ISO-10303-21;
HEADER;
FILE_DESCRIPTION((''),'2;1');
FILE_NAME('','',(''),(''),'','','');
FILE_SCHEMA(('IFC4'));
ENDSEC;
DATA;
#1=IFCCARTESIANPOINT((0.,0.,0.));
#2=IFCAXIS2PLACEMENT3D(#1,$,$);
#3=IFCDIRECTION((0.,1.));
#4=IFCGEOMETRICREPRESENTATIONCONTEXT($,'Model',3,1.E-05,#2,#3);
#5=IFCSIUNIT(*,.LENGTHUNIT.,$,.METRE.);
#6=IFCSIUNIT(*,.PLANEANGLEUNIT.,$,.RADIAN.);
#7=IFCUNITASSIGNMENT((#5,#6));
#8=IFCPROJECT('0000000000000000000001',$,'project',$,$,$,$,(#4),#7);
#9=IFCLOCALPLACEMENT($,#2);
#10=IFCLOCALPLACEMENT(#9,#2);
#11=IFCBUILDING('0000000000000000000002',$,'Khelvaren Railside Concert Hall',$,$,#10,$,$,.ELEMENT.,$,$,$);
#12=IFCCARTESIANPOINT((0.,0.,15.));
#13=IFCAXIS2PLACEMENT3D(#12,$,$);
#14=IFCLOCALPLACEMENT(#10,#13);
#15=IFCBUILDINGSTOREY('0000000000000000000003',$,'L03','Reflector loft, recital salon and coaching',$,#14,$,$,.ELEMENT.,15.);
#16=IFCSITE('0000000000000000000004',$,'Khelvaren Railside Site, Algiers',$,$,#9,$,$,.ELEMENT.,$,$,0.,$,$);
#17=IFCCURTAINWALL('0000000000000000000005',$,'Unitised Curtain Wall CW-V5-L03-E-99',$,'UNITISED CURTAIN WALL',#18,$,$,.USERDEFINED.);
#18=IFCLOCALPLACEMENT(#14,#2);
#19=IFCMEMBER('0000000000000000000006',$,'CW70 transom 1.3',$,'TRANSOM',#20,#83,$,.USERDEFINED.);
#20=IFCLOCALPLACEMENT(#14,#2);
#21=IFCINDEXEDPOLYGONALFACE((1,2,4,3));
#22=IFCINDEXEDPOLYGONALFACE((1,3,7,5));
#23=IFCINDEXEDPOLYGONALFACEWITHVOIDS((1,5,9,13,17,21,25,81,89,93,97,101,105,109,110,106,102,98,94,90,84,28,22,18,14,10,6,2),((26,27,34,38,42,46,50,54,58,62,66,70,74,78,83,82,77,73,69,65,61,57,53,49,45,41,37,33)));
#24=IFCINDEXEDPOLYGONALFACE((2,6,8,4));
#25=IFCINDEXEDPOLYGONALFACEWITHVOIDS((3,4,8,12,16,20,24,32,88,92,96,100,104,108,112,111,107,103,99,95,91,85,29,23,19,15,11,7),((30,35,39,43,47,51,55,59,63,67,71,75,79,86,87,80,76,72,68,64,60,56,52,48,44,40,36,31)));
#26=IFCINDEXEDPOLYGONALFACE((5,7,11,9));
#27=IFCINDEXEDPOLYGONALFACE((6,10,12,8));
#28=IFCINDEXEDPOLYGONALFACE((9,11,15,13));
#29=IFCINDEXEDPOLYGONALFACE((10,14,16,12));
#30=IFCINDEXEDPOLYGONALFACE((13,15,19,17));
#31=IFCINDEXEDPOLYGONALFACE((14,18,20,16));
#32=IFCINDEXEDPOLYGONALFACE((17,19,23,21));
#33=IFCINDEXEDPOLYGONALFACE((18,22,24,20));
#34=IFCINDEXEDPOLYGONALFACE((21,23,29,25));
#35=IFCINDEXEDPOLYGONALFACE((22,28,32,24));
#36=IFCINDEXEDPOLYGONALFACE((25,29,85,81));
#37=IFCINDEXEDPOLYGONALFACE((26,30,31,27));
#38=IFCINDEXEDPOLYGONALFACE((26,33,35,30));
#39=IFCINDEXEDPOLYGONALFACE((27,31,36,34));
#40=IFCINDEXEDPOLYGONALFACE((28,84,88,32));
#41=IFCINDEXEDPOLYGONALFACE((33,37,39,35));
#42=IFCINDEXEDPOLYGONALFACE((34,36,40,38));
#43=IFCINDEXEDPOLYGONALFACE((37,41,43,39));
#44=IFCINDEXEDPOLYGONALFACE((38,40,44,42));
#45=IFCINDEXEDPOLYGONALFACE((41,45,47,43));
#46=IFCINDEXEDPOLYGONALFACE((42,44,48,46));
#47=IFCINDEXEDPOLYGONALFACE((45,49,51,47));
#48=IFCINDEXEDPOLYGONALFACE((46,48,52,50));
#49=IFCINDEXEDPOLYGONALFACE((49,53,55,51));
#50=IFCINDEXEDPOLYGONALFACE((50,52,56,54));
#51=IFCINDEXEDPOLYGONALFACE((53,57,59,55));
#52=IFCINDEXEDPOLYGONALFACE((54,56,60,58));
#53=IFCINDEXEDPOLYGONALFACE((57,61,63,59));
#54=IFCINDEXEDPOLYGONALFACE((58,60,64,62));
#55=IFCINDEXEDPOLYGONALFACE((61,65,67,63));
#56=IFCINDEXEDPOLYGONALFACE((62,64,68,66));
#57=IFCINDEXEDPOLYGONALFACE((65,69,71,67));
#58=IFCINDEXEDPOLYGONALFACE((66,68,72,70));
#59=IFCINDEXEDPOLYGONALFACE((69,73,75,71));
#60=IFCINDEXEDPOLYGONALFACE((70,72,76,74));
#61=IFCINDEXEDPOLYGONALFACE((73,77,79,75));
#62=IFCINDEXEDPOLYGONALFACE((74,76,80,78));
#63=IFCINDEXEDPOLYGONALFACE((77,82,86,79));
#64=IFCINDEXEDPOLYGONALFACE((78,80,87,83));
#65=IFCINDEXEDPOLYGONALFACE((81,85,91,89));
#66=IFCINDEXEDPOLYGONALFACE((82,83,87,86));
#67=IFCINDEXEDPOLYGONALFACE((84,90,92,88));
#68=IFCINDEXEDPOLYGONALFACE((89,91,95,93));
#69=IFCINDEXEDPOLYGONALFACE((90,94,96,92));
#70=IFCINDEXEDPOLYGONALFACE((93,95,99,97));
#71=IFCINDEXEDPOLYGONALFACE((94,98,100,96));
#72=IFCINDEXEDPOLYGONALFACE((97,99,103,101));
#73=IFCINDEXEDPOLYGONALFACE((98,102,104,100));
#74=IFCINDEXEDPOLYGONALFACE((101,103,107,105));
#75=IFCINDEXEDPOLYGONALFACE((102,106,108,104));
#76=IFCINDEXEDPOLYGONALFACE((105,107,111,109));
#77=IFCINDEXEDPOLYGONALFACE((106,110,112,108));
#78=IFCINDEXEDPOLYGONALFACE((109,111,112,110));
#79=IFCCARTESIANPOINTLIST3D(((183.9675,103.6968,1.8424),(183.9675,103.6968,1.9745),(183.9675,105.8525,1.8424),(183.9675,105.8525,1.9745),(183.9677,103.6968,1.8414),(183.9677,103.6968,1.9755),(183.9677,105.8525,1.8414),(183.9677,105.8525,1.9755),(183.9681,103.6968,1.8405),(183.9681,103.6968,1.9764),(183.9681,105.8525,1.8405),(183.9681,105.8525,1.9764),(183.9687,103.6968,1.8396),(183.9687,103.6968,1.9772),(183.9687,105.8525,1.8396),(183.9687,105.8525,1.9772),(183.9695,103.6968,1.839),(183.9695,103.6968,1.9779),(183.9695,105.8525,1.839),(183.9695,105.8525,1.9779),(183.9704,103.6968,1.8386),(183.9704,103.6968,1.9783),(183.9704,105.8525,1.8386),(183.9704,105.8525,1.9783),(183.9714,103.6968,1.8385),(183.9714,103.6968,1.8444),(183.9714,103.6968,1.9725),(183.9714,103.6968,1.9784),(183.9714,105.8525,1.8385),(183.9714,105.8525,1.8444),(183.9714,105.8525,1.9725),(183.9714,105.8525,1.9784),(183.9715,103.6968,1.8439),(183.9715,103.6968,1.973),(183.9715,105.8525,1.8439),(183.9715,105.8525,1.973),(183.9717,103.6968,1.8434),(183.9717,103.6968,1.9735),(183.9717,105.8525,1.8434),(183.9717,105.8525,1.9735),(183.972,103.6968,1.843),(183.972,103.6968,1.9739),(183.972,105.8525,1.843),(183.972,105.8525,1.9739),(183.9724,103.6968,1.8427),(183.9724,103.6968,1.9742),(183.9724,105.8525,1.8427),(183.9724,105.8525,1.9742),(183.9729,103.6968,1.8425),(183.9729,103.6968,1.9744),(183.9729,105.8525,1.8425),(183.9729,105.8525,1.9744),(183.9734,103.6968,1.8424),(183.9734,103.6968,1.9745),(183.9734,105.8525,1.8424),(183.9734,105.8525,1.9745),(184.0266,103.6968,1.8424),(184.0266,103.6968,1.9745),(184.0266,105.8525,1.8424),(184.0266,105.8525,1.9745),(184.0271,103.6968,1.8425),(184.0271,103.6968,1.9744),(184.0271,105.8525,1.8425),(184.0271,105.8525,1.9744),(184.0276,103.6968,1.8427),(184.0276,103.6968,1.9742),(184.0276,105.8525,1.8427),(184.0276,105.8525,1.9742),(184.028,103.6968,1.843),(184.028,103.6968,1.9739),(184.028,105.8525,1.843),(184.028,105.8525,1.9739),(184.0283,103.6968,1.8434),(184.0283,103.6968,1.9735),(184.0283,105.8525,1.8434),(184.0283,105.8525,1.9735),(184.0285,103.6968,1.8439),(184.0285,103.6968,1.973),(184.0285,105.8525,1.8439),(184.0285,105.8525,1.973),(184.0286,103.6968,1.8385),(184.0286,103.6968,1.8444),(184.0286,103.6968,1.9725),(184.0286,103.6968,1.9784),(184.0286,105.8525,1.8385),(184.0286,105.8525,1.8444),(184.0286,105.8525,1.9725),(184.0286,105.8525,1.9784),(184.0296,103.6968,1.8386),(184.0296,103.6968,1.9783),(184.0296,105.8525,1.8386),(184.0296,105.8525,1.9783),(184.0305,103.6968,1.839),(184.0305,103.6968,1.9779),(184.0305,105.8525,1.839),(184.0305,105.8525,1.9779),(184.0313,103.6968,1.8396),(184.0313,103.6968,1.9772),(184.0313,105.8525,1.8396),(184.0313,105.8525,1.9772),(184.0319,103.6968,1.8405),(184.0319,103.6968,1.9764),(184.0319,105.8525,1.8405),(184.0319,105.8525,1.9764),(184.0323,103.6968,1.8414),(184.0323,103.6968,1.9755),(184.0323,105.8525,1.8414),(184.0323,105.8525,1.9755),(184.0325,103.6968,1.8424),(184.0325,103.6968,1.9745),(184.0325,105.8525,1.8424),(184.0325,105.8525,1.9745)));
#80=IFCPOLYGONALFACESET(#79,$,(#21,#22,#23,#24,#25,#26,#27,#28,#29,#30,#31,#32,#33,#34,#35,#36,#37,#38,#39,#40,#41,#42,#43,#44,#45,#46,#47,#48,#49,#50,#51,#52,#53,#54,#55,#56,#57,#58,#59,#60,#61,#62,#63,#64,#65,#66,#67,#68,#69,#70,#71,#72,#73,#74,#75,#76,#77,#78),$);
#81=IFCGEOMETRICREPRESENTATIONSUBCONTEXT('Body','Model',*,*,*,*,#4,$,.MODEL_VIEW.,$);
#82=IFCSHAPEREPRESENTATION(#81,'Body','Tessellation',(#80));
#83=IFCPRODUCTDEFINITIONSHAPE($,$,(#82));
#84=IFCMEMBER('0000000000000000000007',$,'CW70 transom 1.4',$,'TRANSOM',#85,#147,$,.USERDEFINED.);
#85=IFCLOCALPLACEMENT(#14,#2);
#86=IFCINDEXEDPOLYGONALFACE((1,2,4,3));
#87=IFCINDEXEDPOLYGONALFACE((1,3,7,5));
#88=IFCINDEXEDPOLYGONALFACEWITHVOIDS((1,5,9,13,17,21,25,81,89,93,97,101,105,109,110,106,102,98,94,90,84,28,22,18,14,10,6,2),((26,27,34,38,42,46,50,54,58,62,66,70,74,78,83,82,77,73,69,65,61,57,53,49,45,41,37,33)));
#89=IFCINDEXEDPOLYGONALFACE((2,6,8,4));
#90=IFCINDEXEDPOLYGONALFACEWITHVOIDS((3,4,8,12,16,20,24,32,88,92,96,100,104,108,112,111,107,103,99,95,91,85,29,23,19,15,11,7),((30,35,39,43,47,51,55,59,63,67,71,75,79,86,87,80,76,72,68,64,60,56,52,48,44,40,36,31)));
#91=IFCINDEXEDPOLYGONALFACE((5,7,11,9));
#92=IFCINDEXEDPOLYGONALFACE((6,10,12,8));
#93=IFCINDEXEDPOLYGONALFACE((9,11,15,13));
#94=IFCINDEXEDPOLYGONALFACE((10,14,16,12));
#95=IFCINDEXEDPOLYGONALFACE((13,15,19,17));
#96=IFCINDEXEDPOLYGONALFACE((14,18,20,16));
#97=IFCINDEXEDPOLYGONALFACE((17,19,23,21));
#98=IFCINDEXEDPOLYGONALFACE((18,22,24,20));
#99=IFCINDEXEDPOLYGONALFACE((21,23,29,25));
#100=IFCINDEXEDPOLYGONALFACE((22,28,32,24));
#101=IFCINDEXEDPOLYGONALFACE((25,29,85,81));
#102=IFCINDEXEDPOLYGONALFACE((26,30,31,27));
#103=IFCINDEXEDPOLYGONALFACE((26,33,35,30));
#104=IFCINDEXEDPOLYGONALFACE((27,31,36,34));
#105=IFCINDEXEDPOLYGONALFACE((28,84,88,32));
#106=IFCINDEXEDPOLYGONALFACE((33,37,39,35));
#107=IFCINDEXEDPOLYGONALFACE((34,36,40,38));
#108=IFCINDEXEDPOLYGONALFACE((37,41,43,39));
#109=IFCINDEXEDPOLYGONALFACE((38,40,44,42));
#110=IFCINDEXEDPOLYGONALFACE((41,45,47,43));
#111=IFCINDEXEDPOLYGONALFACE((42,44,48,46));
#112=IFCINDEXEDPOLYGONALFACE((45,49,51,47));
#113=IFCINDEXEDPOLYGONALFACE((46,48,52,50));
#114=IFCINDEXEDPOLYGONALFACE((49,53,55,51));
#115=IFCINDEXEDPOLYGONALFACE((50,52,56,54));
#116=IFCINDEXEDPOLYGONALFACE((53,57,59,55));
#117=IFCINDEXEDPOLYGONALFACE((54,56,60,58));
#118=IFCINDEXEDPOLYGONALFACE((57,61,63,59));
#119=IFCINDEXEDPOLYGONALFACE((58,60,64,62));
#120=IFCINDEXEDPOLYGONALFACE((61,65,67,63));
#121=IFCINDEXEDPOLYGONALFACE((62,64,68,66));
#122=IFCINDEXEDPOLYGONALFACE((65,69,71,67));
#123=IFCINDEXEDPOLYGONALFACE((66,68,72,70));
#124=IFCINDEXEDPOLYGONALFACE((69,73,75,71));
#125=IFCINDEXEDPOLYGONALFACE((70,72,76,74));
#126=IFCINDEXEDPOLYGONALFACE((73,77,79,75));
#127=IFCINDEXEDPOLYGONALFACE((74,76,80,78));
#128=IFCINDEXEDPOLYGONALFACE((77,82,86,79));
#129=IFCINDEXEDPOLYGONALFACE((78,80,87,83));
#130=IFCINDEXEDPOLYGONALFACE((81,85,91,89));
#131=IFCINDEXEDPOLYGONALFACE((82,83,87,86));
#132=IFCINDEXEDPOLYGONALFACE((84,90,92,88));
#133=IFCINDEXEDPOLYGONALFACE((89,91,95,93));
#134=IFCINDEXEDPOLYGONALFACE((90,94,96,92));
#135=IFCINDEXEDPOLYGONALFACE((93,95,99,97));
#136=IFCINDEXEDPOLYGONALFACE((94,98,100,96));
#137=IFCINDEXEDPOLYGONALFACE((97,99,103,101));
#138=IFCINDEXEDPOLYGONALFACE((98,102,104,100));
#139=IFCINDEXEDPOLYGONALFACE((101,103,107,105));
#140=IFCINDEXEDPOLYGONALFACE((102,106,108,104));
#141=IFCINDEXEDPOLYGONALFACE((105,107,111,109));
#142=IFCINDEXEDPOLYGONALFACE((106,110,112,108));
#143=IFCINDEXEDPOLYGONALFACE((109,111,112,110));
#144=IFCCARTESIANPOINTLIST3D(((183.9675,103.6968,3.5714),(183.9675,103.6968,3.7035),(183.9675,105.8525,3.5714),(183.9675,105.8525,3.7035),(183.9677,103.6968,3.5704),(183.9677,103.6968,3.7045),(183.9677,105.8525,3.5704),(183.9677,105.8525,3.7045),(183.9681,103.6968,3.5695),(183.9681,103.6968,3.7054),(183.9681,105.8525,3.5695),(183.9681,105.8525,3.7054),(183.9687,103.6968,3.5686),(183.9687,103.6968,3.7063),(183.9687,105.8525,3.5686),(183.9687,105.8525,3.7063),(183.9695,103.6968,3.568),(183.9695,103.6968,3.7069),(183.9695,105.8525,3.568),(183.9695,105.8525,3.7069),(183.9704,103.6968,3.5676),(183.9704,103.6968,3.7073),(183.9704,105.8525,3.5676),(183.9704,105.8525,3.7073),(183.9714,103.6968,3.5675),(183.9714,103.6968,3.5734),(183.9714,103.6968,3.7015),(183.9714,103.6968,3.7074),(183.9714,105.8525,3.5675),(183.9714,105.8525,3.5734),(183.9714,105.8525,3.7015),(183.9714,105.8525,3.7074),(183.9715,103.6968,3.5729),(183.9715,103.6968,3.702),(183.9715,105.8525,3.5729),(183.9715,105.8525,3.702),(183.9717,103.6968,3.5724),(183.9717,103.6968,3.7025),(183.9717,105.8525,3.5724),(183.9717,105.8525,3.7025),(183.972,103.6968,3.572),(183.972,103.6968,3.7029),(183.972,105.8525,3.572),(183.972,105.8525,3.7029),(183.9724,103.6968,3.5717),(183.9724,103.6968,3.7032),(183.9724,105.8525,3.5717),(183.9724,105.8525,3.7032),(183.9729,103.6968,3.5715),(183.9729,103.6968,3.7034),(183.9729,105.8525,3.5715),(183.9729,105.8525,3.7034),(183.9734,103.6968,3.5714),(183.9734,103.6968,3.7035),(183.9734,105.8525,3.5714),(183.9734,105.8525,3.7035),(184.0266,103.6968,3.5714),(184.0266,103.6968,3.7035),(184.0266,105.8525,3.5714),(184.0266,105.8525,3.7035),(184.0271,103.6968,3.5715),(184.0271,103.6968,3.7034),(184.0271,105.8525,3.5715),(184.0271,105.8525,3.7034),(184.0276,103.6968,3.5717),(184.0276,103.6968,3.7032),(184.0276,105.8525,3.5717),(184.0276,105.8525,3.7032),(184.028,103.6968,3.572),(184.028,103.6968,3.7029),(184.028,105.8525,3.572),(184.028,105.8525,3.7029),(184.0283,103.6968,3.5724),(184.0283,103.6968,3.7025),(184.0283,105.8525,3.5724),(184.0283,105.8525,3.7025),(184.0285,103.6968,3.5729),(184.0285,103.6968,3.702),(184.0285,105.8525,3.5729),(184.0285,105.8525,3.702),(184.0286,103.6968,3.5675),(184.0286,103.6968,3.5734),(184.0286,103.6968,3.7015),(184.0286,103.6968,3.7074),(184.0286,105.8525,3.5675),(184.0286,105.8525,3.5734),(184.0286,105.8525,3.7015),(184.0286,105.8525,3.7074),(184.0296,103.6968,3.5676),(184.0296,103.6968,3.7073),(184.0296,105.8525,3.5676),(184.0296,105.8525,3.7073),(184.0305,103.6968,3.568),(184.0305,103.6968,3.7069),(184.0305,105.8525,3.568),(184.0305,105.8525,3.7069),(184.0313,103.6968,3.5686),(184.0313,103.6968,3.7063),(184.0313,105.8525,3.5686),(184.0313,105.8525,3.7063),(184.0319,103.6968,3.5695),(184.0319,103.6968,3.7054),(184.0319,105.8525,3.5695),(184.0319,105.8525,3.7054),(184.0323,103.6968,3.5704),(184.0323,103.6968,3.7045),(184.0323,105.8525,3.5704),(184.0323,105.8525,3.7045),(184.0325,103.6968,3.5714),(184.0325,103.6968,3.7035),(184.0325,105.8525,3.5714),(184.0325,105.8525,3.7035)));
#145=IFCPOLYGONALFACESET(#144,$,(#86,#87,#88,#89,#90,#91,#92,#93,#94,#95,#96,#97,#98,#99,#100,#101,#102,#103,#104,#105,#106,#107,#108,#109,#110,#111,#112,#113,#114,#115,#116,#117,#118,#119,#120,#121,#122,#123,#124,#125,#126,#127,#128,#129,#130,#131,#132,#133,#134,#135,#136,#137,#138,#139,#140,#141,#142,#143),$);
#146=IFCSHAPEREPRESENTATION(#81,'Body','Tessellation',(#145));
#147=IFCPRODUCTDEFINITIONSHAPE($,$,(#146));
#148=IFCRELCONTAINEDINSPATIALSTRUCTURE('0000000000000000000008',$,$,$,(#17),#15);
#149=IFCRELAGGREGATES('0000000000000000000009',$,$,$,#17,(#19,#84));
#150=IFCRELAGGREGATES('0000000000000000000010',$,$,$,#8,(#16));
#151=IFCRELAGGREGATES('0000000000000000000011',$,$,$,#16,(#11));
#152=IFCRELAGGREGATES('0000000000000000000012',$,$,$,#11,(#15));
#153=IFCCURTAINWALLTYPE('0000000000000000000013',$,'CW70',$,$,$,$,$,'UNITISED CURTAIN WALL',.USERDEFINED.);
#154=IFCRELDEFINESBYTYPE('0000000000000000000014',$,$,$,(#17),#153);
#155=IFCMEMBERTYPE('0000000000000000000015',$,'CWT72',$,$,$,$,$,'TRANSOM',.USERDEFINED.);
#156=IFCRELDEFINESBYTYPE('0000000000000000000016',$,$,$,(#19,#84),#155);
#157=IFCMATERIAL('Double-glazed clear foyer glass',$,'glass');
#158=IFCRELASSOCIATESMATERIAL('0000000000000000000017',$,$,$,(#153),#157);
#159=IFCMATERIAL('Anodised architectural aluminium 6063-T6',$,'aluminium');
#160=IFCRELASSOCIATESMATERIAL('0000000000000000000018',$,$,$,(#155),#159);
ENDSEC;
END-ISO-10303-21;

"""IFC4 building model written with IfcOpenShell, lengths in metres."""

from ifc_helpers import new_model, si_unit, direction, frame, origin, origin_2d, place, context, subcontext, project, spatial, hollow_rectangle, extrude, material, material_profile, profile_set, type_object, element, aggregate, save


model = new_model("IFC4")

# Units and contexts
model_context = context("Model", 3, precision=1e-05, world=origin(), true_north=direction((0.0, 1.0)))
body_context = subcontext(model_context, "Body", "Model", "MODEL_VIEW")
ifc_project = project(units=[si_unit("LENGTHUNIT", "METRE"), si_unit("PLANEANGLEUNIT", "RADIAN")], contexts=[model_context])

# Site, building, storey
site_placement = place(None, origin())
site = spatial("IfcSite", under=ifc_project, at=site_placement, Name="Khelvaren Railside Site, Algiers", CompositionType="ELEMENT", RefElevation=0.0)
building_placement = place(site_placement, origin())
building = spatial("IfcBuilding", under=site, at=building_placement, Name="Khelvaren Railside Concert Hall", CompositionType="ELEMENT")
storey_placement = place(building_placement, frame((0.0, 0.0, 15.0)))
storey = spatial("IfcBuildingStorey", under=building, at=storey_placement, Name="L03", Description="Reflector loft, recital salon and coaching", CompositionType="ELEMENT", Elevation=15.0)

# Curtain wall
ifc_material_1 = material(Name="Double-glazed clear foyer glass", Category="glass")
curtain_wall_type_1 = type_object("IfcCurtainWallType", Name="CW70", ElementType="UNITISED CURTAIN WALL", PredefinedType="USERDEFINED", material=ifc_material_1)
curtain_wall_1_placement = place(storey_placement, origin())
curtain_wall_1 = element("IfcCurtainWall", 1, at=curtain_wall_1_placement, inside=storey, type_object=curtain_wall_type_1, Name="Unitised Curtain Wall CW-V5-L03-E-99", ObjectType="UNITISED CURTAIN WALL", PredefinedType="USERDEFINED")
ifc_material_2 = material(Name="Anodised architectural aluminium 6063-T6", Category="aluminium")

# Members
ifc_material_profile_1 = material_profile(ifc_material_2, hollow_rectangle(XDim=0.0649, YDim=0.1399, WallThickness=0.0039, InnerFilletRadius=0.002, OuterFilletRadius=0.0039, at=origin_2d()), Name="CWT 65x140x4")
ifc_profile_set_1 = profile_set([ifc_material_profile_1], Name="Anodised architectural aluminium 6063-T6")
member_type_1 = type_object("IfcMemberType", Name="CWT72", ElementType="TRANSOM", PredefinedType="USERDEFINED", material=ifc_profile_set_1)
member_1_placement = place(storey_placement, frame((184.0, 105.8525, 1.9084), z_axis=(0.0, -1.0, 0.0), x_axis=(1.0, 0.0, 0.0)))
member_1 = element("IfcMember", 2, at=member_1_placement, type_object=member_type_1, Name="CW70 transom 1.3", ObjectType="TRANSOM", PredefinedType="USERDEFINED", context=body_context, shape_type="SweptSolid", body=[
    extrude(hollow_rectangle(XDim=0.0649, YDim=0.1399, WallThickness=0.0039, InnerFilletRadius=0.002, OuterFilletRadius=0.0039, at=origin_2d()), origin(), (0.0, 0.0, 1.0), 2.1558),
])
member_2_placement = place(storey_placement, frame((184.0, 105.8525, 3.6375), z_axis=(0.0, -1.0, 0.0), x_axis=(1.0, 0.0, 0.0)))
member_2 = element("IfcMember", 3, at=member_2_placement, type_object=member_type_1, Name="CW70 transom 1.4", ObjectType="TRANSOM", PredefinedType="USERDEFINED", context=body_context, shape_type="SweptSolid", body=[
    extrude(hollow_rectangle(XDim=0.0649, YDim=0.1399, WallThickness=0.0039, InnerFilletRadius=0.002, OuterFilletRadius=0.0039, at=origin_2d()), origin(), (0.0, 0.0, 1.0), 2.1558),
])

aggregate(curtain_wall_1, [member_1, member_2])

save(model, "model.ifc")
